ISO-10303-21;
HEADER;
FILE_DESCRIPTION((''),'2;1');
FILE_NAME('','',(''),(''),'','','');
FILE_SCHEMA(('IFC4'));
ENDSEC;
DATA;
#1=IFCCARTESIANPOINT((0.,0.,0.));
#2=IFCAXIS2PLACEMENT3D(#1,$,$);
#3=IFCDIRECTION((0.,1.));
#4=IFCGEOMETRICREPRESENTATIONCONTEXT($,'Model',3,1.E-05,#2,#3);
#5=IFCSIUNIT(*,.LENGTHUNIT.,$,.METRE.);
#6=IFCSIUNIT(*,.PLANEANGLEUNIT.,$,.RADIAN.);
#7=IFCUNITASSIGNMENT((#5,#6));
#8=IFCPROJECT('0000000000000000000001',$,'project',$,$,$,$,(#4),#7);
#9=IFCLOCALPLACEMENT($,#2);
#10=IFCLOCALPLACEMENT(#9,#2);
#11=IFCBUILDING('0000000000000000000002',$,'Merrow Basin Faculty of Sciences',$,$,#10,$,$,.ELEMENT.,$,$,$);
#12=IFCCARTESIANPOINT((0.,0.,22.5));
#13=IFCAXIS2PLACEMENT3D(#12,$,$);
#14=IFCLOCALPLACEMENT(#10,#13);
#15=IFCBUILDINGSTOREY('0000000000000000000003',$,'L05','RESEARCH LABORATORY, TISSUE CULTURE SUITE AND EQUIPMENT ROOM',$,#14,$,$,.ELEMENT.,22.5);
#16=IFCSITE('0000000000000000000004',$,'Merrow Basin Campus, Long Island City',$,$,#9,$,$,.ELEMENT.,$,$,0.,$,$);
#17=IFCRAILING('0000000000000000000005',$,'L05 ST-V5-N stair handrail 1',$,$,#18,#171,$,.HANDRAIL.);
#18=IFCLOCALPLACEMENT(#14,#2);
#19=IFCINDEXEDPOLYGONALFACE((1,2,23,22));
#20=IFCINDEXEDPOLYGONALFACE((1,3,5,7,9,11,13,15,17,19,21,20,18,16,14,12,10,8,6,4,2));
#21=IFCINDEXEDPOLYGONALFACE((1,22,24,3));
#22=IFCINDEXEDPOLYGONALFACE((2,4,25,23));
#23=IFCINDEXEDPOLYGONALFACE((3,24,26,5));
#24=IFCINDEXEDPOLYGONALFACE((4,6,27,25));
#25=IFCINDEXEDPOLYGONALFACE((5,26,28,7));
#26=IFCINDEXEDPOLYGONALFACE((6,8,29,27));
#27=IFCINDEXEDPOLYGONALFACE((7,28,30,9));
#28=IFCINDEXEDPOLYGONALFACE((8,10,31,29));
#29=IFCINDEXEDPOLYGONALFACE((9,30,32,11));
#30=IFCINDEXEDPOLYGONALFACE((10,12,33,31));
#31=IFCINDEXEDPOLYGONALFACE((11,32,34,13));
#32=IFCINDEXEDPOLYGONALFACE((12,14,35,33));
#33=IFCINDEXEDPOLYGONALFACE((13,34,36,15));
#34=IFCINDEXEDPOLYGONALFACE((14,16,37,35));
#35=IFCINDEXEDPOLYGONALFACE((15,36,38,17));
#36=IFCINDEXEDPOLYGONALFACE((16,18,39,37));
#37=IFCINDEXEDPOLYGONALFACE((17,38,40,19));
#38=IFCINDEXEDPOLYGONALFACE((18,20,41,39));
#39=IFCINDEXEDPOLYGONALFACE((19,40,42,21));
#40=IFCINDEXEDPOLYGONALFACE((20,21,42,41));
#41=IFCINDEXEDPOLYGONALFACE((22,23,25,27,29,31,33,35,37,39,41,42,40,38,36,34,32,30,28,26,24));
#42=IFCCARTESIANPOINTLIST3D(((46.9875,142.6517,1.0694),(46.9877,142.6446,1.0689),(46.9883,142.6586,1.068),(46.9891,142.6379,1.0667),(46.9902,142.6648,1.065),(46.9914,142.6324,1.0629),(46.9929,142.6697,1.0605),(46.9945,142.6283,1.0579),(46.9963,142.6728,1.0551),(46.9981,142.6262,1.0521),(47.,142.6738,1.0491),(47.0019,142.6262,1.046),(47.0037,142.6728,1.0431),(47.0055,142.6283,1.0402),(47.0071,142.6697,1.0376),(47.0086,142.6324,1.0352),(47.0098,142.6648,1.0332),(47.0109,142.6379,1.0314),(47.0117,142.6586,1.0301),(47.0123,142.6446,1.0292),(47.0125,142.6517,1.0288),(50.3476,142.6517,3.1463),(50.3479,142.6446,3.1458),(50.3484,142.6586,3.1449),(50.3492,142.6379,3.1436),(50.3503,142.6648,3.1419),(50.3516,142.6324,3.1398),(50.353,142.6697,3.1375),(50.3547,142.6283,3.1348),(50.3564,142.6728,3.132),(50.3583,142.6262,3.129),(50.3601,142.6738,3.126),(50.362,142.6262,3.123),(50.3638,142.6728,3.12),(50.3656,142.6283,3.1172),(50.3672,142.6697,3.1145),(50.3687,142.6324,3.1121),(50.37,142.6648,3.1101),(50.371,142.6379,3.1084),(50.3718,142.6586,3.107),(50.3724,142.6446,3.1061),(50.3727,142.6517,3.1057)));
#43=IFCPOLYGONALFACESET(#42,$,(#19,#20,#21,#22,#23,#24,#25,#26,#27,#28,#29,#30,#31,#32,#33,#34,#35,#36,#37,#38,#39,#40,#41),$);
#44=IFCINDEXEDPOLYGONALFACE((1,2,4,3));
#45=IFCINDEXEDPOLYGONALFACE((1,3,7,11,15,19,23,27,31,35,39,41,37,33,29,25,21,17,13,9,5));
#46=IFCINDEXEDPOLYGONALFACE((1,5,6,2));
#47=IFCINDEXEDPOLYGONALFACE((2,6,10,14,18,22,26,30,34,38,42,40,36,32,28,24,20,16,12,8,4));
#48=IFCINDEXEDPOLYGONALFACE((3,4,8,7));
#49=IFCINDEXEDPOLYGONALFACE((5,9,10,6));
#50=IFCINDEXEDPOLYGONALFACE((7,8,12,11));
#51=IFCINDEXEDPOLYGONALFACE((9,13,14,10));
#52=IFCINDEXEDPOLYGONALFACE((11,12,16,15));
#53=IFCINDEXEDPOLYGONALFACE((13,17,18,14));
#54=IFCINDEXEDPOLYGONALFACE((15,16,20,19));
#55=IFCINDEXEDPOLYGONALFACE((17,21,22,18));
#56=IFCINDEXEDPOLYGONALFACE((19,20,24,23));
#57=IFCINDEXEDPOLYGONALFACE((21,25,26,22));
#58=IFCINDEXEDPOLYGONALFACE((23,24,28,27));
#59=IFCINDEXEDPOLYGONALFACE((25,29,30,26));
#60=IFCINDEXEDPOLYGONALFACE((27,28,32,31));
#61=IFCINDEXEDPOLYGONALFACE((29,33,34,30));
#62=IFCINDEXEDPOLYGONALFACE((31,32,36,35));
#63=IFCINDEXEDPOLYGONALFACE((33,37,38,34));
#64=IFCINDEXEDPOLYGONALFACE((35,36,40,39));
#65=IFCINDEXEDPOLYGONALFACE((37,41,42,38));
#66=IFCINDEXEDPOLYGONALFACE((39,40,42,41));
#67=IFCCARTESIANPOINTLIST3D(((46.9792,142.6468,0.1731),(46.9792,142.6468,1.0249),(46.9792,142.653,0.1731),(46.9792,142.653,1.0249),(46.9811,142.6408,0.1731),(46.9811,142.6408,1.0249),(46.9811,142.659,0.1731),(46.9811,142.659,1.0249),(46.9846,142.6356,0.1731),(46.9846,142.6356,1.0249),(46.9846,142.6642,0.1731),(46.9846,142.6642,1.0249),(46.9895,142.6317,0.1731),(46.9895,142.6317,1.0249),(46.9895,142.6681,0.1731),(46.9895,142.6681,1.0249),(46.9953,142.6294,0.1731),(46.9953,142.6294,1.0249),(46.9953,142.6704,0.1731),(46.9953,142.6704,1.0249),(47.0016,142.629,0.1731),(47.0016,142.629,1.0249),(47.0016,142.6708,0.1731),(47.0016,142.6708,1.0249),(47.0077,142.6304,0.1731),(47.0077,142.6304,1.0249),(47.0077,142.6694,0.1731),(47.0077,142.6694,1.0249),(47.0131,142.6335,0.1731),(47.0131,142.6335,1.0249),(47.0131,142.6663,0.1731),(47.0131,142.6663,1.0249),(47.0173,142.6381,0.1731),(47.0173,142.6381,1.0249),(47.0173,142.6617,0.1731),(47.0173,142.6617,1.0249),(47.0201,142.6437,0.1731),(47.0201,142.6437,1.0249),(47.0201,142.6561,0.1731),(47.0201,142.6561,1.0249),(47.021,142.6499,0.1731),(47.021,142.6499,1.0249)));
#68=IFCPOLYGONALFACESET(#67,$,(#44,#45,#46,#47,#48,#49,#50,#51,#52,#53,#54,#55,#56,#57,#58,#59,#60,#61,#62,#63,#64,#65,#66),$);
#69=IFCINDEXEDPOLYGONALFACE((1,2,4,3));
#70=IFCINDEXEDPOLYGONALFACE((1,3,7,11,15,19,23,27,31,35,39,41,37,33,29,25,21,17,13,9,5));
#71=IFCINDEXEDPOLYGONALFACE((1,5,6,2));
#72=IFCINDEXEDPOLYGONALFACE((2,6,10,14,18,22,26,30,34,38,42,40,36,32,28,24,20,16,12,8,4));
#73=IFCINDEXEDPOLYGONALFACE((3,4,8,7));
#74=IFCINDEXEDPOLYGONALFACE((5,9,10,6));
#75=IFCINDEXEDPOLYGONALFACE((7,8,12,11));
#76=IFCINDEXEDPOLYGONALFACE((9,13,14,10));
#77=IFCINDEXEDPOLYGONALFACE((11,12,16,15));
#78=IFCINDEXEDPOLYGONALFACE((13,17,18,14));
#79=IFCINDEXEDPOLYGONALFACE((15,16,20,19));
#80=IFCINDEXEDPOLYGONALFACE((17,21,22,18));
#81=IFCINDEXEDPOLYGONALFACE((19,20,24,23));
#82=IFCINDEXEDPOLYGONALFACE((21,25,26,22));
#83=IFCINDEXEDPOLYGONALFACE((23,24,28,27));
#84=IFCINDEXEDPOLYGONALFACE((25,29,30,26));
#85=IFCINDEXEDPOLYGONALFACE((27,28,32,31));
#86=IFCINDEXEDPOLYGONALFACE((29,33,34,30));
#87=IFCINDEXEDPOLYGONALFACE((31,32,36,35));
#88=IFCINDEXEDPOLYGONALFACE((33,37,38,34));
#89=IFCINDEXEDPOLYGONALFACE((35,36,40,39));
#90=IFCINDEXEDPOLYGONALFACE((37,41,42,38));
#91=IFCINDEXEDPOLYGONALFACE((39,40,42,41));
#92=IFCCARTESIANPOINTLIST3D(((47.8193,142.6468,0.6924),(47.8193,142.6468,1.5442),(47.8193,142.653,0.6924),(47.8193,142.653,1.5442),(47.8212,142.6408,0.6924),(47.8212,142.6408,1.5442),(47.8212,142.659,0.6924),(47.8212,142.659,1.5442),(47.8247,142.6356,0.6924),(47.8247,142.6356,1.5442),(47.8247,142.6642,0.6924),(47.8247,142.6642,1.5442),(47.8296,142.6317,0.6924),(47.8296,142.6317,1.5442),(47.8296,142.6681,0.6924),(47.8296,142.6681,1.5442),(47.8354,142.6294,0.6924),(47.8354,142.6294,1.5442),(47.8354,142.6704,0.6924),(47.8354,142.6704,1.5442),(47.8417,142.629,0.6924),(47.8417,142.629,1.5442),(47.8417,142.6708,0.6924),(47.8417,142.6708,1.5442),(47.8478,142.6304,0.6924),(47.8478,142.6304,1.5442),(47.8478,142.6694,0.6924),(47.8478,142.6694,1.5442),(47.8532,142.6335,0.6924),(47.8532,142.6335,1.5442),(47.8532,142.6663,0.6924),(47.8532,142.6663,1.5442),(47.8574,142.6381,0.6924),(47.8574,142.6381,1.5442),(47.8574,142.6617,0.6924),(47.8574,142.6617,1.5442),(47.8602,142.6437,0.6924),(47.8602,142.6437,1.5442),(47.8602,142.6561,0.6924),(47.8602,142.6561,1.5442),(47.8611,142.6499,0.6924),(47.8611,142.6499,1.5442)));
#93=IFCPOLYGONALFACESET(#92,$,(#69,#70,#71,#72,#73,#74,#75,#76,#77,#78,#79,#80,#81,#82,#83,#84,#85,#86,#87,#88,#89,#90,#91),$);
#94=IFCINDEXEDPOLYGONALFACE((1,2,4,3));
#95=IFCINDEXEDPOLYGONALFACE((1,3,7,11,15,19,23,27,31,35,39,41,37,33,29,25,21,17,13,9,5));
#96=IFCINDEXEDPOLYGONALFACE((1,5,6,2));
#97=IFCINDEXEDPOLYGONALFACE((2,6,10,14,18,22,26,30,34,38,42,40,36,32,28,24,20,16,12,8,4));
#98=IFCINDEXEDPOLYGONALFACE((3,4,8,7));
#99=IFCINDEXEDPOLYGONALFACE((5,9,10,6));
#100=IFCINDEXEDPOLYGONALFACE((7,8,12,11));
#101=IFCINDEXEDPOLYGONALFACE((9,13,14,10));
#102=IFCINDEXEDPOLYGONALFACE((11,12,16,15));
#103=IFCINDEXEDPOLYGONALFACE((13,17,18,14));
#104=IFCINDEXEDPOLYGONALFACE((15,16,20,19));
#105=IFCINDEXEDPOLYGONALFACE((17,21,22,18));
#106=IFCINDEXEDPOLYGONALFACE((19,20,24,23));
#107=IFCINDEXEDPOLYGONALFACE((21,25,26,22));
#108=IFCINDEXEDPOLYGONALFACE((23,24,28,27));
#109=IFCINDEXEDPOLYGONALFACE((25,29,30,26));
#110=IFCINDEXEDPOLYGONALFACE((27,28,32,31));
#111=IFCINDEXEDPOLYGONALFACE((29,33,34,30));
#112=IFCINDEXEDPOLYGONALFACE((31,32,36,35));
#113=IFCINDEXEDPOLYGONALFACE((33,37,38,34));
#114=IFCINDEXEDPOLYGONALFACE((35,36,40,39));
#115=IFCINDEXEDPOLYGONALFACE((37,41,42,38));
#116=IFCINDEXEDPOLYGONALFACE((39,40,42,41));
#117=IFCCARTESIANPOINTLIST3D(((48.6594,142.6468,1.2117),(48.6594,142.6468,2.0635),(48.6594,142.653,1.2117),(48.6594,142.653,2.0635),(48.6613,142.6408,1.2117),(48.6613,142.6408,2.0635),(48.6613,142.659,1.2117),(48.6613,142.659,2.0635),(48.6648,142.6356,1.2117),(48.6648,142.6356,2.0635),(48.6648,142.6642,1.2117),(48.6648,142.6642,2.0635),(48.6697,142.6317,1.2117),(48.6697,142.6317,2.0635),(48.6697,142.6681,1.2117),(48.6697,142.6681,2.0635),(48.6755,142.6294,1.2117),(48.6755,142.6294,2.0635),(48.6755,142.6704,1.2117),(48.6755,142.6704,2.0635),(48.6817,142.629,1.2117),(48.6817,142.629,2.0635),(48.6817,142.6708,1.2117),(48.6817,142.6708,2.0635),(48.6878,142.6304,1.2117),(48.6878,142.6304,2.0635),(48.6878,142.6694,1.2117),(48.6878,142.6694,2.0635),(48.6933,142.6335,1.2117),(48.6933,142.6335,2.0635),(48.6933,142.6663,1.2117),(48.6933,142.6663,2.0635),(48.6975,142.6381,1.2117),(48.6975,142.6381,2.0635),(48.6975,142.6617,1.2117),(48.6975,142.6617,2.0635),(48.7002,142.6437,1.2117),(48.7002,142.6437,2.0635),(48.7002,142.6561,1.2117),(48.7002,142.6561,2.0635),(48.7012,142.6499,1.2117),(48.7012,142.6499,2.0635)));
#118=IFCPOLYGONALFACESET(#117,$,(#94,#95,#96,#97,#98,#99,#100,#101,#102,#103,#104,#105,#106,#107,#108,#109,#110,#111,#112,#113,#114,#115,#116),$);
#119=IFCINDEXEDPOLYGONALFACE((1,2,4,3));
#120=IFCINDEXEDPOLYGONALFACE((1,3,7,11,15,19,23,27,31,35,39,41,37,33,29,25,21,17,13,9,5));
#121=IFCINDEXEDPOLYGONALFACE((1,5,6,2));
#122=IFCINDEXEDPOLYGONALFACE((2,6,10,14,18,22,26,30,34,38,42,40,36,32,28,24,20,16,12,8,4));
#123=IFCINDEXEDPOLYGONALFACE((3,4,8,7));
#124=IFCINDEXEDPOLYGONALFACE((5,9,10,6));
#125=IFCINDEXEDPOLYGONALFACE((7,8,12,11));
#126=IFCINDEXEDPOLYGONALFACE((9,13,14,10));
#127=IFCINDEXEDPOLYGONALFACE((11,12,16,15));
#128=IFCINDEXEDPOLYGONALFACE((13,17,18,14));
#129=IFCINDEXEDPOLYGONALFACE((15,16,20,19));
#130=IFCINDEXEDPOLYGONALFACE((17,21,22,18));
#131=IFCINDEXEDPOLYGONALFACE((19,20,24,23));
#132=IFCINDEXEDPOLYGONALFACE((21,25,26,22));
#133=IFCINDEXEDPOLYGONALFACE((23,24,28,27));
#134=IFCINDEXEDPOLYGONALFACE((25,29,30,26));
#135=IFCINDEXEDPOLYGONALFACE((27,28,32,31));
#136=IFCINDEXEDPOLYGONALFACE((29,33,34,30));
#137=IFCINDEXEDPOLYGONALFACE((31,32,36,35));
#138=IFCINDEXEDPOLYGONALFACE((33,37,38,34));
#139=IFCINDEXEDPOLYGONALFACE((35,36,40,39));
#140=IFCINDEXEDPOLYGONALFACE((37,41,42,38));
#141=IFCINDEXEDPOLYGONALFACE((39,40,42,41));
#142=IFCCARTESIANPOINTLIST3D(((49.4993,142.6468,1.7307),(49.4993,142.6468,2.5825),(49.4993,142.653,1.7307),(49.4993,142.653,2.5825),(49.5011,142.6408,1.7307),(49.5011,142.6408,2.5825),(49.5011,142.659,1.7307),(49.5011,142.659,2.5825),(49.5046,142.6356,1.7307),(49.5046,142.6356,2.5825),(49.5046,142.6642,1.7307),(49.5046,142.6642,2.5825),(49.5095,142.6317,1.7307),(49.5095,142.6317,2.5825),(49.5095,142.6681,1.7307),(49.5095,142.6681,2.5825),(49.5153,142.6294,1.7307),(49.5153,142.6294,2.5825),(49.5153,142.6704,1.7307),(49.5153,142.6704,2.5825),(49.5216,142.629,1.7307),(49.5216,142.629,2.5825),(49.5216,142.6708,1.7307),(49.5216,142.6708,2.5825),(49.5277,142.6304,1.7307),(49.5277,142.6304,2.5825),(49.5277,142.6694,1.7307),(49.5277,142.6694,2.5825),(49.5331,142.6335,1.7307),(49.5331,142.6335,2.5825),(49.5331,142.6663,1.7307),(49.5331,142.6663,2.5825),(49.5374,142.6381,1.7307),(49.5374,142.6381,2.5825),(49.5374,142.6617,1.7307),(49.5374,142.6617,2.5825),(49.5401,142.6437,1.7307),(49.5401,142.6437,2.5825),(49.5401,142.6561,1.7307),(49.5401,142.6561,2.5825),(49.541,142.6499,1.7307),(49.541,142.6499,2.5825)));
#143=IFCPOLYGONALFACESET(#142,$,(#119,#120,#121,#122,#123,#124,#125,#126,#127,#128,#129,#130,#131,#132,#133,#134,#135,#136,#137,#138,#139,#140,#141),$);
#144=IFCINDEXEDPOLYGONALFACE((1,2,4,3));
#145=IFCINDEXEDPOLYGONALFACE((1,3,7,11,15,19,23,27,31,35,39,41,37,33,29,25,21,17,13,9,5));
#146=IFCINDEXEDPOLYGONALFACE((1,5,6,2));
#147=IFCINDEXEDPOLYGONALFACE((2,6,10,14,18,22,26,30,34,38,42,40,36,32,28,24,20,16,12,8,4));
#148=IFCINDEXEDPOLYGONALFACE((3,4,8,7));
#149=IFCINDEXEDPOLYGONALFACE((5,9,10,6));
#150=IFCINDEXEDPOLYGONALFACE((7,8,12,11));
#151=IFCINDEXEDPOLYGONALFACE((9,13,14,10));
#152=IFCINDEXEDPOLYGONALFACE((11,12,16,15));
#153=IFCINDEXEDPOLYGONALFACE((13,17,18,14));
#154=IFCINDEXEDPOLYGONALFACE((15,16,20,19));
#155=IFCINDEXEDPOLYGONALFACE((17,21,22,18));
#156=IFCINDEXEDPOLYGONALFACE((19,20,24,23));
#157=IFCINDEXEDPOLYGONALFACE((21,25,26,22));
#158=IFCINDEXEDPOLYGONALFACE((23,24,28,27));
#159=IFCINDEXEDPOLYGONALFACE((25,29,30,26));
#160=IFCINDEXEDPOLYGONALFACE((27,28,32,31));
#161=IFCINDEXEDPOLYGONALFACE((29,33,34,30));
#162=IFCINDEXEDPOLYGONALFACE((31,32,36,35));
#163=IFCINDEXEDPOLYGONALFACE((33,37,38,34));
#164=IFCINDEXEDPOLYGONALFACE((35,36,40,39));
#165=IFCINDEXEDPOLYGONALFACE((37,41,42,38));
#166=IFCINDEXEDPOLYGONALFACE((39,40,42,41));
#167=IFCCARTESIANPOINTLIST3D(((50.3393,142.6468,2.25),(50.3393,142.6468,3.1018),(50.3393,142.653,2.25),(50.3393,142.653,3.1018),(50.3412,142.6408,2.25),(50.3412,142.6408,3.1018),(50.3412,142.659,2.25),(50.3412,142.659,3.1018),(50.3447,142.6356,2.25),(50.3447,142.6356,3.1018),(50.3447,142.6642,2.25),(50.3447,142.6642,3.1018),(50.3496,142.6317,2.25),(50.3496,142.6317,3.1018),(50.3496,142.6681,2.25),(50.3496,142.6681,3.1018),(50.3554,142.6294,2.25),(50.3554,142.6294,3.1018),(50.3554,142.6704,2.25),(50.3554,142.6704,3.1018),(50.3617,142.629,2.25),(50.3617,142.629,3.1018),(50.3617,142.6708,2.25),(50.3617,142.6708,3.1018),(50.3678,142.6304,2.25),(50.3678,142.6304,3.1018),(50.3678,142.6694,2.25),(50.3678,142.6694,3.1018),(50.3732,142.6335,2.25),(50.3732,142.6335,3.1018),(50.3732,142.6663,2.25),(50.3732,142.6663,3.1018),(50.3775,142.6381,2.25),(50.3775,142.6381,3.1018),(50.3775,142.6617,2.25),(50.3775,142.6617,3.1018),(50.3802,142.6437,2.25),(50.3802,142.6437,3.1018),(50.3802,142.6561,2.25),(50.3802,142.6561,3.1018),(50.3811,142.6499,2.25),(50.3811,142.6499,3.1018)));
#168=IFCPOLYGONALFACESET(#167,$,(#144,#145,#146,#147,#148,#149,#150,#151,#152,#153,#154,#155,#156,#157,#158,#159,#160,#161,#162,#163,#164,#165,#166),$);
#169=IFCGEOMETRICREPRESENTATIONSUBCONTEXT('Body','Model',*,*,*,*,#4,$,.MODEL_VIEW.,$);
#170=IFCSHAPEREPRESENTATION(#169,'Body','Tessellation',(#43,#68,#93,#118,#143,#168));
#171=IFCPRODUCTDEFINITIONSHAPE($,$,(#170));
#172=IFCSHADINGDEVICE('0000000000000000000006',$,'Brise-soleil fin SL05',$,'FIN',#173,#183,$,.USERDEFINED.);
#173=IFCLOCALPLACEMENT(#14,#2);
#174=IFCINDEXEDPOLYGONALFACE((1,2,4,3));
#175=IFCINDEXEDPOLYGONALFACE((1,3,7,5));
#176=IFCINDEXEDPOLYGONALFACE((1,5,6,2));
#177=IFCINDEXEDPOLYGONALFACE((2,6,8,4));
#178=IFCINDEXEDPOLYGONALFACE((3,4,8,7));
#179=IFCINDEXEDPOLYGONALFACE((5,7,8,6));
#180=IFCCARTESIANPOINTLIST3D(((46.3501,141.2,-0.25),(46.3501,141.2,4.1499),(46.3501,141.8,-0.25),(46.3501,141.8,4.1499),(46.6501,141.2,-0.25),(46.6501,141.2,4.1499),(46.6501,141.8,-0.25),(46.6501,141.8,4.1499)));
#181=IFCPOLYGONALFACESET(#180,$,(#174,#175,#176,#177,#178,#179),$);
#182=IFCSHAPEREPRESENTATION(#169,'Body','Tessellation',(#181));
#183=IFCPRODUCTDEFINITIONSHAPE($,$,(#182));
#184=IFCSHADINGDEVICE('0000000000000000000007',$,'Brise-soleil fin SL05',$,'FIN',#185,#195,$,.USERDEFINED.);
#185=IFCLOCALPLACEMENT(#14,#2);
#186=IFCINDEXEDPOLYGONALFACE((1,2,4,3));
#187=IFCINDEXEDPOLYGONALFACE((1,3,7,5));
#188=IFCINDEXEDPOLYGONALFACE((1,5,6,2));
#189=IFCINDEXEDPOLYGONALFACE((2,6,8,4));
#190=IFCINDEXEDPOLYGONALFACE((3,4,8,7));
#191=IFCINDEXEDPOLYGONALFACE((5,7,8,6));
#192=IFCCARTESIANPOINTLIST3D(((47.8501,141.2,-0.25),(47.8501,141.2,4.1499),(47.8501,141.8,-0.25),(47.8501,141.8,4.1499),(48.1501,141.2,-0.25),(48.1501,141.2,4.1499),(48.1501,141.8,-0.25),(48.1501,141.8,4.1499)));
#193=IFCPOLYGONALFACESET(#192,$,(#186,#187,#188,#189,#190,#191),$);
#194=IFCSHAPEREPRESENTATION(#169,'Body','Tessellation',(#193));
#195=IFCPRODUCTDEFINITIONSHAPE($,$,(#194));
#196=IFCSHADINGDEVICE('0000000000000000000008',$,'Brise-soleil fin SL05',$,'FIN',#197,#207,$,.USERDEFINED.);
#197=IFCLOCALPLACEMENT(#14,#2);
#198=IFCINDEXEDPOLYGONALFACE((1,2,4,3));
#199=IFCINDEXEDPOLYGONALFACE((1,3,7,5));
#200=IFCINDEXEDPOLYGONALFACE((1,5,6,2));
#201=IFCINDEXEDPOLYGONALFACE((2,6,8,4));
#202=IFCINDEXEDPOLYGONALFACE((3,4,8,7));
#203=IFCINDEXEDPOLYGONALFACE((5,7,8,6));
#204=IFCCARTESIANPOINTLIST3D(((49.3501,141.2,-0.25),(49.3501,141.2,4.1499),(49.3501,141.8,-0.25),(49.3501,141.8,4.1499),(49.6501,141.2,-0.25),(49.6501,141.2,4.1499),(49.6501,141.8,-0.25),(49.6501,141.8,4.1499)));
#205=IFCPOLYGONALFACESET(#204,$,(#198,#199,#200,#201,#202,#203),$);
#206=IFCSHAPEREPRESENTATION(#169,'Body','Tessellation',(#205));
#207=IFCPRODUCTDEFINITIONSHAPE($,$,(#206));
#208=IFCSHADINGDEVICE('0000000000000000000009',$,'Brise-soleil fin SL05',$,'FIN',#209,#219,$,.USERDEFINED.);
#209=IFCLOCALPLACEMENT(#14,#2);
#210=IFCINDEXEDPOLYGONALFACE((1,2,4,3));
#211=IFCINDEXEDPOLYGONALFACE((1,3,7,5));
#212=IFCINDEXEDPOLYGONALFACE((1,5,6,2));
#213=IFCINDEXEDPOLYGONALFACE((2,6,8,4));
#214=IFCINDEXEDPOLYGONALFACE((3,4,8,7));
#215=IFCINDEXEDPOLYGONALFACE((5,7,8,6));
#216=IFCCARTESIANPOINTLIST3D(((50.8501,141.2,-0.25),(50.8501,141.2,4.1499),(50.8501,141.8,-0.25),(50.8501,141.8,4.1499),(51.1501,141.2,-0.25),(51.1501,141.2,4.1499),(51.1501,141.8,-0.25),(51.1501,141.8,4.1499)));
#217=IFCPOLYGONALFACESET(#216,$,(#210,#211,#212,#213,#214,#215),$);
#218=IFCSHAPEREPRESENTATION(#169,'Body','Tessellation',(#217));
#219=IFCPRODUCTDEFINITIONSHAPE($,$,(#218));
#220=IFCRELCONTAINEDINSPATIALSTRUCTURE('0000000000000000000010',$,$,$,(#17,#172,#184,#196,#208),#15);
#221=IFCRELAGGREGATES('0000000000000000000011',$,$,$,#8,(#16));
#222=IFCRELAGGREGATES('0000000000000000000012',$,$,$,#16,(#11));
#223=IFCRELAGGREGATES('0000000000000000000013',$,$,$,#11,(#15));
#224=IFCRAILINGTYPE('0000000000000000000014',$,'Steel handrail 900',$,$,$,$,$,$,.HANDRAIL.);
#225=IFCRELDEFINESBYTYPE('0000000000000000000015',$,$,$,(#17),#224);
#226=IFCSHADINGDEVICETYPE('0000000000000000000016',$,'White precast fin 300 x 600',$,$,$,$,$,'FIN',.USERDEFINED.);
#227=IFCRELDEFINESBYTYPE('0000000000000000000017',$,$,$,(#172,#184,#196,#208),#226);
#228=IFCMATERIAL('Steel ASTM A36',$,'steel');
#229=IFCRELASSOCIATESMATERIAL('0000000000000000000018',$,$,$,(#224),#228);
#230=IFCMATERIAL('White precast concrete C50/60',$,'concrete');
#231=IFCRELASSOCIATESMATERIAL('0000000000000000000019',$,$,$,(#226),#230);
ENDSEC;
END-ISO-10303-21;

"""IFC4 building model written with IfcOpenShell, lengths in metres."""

from ifc_helpers import new_model, si_unit, direction, frame, origin, origin_2d, place, context, subcontext, project, spatial, polyline, circle, outline, extrude, source, transform, mapped, material, type_object, element, save


model = new_model("IFC4")

# Units and contexts
model_context = context("Model", 3, precision=1e-05, world=origin(), true_north=direction((0.0, 1.0)))
body_context = subcontext(model_context, "Body", "Model", "MODEL_VIEW")
ifc_project = project(units=[si_unit("LENGTHUNIT", "METRE"), si_unit("PLANEANGLEUNIT", "RADIAN")], contexts=[model_context])

# Site, building, storey
site_placement = place(None, origin())
site = spatial("IfcSite", under=ifc_project, at=site_placement, Name="Merrow Basin Campus, Long Island City", CompositionType="ELEMENT", RefElevation=0.0)
building_placement = place(site_placement, origin())
building = spatial("IfcBuilding", under=site, at=building_placement, Name="Merrow Basin Faculty of Sciences", CompositionType="ELEMENT")
storey_placement = place(building_placement, frame((0.0, 0.0, 22.5)))
storey = spatial("IfcBuildingStorey", under=building, at=storey_placement, Name="L05", Description="RESEARCH LABORATORY, TISSUE CULTURE SUITE AND EQUIPMENT ROOM", CompositionType="ELEMENT", Elevation=22.5)

# Railing
ifc_material_1 = material(Name="Steel ASTM A36", Category="steel")
railing_type_1 = type_object("IfcRailingType", Name="Steel handrail 900", PredefinedType="HANDRAIL", material=ifc_material_1)
railing_1_placement = place(storey_placement, frame((47.0, 142.6499, 0.1731)))
element("IfcRailing", 1, at=railing_1_placement, inside=storey, type_object=railing_type_1, Name="L05 ST-V5-N stair handrail 1", PredefinedType="HANDRAIL", context=body_context, shape_type="SweptSolid", body=[
    extrude(circle(Radius=0.0239, at=origin_2d()), frame((0.0, 0.0, 0.876), z_axis=(0.850623, 0.0, 0.525776), x_axis=(0.0, 1.0, 0.0)), (0.0, 0.0, 1.0), 3.9502),
    extrude(circle(Radius=0.021, at=origin_2d()), origin(), (0.0, 0.0, 1.0), 0.8518),
    extrude(circle(Radius=0.021, at=origin_2d()), frame((0.8401, 0.0, 0.5193)), (0.0, 0.0, 1.0), 0.8518),
    extrude(circle(Radius=0.021, at=origin_2d()), frame((1.6802, 0.0, 1.0386)), (0.0, 0.0, 1.0), 0.8518),
    extrude(circle(Radius=0.021, at=origin_2d()), frame((2.52, 0.0, 1.5576)), (0.0, 0.0, 1.0), 0.8518),
    extrude(circle(Radius=0.021, at=origin_2d()), frame((3.3601, 0.0, 2.0769)), (0.0, 0.0, 1.0), 0.8518),
])

# Shading devices
ifc_material_2 = material(Name="White precast concrete C50/60", Category="concrete")
shading_device_type = type_object("IfcShadingDeviceType", Name="White precast fin 300 x 600", ElementType="FIN", PredefinedType="USERDEFINED", material=ifc_material_2)
shared_shape_1 = source(origin(), body_context, "Body", "SweptSolid", [
    extrude(outline(polyline([(0.0, 0.0), (0.3, 0.0), (0.3, 4.3999), (0.0, 4.3999), (0.0, 0.0)])), origin(), (0.0, 0.0, 1.0), 0.6001),
])
for number, where, z_axis, x_axis, name in (
    (2, (46.3501, 141.8, -0.25), (0.0, -1.0, 0.0), (1.0, 0.0, 0.0), "Brise-soleil fin SL05"),
    (3, (47.8501, 141.8, -0.25), (0.0, -1.0, 0.0), (1.0, 0.0, 0.0), "Brise-soleil fin SL05"),
    (4, (49.3501, 141.8, -0.25), (0.0, -1.0, 0.0), (1.0, 0.0, 0.0), "Brise-soleil fin SL05"),
    (5, (50.8501, 141.8, -0.25), (0.0, -1.0, 0.0), (1.0, 0.0, 0.0), "Brise-soleil fin SL05"),
):
    element("IfcShadingDevice", number, at=place(storey_placement, frame(where, z_axis=z_axis, x_axis=x_axis)), inside=storey, type_object=shading_device_type, Name=name, ObjectType="FIN", PredefinedType="USERDEFINED", context=body_context, shape_type="MappedRepresentation", body=[
        mapped(shared_shape_1, transform((0.0, 0.0, 0.0), scale=1.0)),
    ])

save(model, "model.ifc")
